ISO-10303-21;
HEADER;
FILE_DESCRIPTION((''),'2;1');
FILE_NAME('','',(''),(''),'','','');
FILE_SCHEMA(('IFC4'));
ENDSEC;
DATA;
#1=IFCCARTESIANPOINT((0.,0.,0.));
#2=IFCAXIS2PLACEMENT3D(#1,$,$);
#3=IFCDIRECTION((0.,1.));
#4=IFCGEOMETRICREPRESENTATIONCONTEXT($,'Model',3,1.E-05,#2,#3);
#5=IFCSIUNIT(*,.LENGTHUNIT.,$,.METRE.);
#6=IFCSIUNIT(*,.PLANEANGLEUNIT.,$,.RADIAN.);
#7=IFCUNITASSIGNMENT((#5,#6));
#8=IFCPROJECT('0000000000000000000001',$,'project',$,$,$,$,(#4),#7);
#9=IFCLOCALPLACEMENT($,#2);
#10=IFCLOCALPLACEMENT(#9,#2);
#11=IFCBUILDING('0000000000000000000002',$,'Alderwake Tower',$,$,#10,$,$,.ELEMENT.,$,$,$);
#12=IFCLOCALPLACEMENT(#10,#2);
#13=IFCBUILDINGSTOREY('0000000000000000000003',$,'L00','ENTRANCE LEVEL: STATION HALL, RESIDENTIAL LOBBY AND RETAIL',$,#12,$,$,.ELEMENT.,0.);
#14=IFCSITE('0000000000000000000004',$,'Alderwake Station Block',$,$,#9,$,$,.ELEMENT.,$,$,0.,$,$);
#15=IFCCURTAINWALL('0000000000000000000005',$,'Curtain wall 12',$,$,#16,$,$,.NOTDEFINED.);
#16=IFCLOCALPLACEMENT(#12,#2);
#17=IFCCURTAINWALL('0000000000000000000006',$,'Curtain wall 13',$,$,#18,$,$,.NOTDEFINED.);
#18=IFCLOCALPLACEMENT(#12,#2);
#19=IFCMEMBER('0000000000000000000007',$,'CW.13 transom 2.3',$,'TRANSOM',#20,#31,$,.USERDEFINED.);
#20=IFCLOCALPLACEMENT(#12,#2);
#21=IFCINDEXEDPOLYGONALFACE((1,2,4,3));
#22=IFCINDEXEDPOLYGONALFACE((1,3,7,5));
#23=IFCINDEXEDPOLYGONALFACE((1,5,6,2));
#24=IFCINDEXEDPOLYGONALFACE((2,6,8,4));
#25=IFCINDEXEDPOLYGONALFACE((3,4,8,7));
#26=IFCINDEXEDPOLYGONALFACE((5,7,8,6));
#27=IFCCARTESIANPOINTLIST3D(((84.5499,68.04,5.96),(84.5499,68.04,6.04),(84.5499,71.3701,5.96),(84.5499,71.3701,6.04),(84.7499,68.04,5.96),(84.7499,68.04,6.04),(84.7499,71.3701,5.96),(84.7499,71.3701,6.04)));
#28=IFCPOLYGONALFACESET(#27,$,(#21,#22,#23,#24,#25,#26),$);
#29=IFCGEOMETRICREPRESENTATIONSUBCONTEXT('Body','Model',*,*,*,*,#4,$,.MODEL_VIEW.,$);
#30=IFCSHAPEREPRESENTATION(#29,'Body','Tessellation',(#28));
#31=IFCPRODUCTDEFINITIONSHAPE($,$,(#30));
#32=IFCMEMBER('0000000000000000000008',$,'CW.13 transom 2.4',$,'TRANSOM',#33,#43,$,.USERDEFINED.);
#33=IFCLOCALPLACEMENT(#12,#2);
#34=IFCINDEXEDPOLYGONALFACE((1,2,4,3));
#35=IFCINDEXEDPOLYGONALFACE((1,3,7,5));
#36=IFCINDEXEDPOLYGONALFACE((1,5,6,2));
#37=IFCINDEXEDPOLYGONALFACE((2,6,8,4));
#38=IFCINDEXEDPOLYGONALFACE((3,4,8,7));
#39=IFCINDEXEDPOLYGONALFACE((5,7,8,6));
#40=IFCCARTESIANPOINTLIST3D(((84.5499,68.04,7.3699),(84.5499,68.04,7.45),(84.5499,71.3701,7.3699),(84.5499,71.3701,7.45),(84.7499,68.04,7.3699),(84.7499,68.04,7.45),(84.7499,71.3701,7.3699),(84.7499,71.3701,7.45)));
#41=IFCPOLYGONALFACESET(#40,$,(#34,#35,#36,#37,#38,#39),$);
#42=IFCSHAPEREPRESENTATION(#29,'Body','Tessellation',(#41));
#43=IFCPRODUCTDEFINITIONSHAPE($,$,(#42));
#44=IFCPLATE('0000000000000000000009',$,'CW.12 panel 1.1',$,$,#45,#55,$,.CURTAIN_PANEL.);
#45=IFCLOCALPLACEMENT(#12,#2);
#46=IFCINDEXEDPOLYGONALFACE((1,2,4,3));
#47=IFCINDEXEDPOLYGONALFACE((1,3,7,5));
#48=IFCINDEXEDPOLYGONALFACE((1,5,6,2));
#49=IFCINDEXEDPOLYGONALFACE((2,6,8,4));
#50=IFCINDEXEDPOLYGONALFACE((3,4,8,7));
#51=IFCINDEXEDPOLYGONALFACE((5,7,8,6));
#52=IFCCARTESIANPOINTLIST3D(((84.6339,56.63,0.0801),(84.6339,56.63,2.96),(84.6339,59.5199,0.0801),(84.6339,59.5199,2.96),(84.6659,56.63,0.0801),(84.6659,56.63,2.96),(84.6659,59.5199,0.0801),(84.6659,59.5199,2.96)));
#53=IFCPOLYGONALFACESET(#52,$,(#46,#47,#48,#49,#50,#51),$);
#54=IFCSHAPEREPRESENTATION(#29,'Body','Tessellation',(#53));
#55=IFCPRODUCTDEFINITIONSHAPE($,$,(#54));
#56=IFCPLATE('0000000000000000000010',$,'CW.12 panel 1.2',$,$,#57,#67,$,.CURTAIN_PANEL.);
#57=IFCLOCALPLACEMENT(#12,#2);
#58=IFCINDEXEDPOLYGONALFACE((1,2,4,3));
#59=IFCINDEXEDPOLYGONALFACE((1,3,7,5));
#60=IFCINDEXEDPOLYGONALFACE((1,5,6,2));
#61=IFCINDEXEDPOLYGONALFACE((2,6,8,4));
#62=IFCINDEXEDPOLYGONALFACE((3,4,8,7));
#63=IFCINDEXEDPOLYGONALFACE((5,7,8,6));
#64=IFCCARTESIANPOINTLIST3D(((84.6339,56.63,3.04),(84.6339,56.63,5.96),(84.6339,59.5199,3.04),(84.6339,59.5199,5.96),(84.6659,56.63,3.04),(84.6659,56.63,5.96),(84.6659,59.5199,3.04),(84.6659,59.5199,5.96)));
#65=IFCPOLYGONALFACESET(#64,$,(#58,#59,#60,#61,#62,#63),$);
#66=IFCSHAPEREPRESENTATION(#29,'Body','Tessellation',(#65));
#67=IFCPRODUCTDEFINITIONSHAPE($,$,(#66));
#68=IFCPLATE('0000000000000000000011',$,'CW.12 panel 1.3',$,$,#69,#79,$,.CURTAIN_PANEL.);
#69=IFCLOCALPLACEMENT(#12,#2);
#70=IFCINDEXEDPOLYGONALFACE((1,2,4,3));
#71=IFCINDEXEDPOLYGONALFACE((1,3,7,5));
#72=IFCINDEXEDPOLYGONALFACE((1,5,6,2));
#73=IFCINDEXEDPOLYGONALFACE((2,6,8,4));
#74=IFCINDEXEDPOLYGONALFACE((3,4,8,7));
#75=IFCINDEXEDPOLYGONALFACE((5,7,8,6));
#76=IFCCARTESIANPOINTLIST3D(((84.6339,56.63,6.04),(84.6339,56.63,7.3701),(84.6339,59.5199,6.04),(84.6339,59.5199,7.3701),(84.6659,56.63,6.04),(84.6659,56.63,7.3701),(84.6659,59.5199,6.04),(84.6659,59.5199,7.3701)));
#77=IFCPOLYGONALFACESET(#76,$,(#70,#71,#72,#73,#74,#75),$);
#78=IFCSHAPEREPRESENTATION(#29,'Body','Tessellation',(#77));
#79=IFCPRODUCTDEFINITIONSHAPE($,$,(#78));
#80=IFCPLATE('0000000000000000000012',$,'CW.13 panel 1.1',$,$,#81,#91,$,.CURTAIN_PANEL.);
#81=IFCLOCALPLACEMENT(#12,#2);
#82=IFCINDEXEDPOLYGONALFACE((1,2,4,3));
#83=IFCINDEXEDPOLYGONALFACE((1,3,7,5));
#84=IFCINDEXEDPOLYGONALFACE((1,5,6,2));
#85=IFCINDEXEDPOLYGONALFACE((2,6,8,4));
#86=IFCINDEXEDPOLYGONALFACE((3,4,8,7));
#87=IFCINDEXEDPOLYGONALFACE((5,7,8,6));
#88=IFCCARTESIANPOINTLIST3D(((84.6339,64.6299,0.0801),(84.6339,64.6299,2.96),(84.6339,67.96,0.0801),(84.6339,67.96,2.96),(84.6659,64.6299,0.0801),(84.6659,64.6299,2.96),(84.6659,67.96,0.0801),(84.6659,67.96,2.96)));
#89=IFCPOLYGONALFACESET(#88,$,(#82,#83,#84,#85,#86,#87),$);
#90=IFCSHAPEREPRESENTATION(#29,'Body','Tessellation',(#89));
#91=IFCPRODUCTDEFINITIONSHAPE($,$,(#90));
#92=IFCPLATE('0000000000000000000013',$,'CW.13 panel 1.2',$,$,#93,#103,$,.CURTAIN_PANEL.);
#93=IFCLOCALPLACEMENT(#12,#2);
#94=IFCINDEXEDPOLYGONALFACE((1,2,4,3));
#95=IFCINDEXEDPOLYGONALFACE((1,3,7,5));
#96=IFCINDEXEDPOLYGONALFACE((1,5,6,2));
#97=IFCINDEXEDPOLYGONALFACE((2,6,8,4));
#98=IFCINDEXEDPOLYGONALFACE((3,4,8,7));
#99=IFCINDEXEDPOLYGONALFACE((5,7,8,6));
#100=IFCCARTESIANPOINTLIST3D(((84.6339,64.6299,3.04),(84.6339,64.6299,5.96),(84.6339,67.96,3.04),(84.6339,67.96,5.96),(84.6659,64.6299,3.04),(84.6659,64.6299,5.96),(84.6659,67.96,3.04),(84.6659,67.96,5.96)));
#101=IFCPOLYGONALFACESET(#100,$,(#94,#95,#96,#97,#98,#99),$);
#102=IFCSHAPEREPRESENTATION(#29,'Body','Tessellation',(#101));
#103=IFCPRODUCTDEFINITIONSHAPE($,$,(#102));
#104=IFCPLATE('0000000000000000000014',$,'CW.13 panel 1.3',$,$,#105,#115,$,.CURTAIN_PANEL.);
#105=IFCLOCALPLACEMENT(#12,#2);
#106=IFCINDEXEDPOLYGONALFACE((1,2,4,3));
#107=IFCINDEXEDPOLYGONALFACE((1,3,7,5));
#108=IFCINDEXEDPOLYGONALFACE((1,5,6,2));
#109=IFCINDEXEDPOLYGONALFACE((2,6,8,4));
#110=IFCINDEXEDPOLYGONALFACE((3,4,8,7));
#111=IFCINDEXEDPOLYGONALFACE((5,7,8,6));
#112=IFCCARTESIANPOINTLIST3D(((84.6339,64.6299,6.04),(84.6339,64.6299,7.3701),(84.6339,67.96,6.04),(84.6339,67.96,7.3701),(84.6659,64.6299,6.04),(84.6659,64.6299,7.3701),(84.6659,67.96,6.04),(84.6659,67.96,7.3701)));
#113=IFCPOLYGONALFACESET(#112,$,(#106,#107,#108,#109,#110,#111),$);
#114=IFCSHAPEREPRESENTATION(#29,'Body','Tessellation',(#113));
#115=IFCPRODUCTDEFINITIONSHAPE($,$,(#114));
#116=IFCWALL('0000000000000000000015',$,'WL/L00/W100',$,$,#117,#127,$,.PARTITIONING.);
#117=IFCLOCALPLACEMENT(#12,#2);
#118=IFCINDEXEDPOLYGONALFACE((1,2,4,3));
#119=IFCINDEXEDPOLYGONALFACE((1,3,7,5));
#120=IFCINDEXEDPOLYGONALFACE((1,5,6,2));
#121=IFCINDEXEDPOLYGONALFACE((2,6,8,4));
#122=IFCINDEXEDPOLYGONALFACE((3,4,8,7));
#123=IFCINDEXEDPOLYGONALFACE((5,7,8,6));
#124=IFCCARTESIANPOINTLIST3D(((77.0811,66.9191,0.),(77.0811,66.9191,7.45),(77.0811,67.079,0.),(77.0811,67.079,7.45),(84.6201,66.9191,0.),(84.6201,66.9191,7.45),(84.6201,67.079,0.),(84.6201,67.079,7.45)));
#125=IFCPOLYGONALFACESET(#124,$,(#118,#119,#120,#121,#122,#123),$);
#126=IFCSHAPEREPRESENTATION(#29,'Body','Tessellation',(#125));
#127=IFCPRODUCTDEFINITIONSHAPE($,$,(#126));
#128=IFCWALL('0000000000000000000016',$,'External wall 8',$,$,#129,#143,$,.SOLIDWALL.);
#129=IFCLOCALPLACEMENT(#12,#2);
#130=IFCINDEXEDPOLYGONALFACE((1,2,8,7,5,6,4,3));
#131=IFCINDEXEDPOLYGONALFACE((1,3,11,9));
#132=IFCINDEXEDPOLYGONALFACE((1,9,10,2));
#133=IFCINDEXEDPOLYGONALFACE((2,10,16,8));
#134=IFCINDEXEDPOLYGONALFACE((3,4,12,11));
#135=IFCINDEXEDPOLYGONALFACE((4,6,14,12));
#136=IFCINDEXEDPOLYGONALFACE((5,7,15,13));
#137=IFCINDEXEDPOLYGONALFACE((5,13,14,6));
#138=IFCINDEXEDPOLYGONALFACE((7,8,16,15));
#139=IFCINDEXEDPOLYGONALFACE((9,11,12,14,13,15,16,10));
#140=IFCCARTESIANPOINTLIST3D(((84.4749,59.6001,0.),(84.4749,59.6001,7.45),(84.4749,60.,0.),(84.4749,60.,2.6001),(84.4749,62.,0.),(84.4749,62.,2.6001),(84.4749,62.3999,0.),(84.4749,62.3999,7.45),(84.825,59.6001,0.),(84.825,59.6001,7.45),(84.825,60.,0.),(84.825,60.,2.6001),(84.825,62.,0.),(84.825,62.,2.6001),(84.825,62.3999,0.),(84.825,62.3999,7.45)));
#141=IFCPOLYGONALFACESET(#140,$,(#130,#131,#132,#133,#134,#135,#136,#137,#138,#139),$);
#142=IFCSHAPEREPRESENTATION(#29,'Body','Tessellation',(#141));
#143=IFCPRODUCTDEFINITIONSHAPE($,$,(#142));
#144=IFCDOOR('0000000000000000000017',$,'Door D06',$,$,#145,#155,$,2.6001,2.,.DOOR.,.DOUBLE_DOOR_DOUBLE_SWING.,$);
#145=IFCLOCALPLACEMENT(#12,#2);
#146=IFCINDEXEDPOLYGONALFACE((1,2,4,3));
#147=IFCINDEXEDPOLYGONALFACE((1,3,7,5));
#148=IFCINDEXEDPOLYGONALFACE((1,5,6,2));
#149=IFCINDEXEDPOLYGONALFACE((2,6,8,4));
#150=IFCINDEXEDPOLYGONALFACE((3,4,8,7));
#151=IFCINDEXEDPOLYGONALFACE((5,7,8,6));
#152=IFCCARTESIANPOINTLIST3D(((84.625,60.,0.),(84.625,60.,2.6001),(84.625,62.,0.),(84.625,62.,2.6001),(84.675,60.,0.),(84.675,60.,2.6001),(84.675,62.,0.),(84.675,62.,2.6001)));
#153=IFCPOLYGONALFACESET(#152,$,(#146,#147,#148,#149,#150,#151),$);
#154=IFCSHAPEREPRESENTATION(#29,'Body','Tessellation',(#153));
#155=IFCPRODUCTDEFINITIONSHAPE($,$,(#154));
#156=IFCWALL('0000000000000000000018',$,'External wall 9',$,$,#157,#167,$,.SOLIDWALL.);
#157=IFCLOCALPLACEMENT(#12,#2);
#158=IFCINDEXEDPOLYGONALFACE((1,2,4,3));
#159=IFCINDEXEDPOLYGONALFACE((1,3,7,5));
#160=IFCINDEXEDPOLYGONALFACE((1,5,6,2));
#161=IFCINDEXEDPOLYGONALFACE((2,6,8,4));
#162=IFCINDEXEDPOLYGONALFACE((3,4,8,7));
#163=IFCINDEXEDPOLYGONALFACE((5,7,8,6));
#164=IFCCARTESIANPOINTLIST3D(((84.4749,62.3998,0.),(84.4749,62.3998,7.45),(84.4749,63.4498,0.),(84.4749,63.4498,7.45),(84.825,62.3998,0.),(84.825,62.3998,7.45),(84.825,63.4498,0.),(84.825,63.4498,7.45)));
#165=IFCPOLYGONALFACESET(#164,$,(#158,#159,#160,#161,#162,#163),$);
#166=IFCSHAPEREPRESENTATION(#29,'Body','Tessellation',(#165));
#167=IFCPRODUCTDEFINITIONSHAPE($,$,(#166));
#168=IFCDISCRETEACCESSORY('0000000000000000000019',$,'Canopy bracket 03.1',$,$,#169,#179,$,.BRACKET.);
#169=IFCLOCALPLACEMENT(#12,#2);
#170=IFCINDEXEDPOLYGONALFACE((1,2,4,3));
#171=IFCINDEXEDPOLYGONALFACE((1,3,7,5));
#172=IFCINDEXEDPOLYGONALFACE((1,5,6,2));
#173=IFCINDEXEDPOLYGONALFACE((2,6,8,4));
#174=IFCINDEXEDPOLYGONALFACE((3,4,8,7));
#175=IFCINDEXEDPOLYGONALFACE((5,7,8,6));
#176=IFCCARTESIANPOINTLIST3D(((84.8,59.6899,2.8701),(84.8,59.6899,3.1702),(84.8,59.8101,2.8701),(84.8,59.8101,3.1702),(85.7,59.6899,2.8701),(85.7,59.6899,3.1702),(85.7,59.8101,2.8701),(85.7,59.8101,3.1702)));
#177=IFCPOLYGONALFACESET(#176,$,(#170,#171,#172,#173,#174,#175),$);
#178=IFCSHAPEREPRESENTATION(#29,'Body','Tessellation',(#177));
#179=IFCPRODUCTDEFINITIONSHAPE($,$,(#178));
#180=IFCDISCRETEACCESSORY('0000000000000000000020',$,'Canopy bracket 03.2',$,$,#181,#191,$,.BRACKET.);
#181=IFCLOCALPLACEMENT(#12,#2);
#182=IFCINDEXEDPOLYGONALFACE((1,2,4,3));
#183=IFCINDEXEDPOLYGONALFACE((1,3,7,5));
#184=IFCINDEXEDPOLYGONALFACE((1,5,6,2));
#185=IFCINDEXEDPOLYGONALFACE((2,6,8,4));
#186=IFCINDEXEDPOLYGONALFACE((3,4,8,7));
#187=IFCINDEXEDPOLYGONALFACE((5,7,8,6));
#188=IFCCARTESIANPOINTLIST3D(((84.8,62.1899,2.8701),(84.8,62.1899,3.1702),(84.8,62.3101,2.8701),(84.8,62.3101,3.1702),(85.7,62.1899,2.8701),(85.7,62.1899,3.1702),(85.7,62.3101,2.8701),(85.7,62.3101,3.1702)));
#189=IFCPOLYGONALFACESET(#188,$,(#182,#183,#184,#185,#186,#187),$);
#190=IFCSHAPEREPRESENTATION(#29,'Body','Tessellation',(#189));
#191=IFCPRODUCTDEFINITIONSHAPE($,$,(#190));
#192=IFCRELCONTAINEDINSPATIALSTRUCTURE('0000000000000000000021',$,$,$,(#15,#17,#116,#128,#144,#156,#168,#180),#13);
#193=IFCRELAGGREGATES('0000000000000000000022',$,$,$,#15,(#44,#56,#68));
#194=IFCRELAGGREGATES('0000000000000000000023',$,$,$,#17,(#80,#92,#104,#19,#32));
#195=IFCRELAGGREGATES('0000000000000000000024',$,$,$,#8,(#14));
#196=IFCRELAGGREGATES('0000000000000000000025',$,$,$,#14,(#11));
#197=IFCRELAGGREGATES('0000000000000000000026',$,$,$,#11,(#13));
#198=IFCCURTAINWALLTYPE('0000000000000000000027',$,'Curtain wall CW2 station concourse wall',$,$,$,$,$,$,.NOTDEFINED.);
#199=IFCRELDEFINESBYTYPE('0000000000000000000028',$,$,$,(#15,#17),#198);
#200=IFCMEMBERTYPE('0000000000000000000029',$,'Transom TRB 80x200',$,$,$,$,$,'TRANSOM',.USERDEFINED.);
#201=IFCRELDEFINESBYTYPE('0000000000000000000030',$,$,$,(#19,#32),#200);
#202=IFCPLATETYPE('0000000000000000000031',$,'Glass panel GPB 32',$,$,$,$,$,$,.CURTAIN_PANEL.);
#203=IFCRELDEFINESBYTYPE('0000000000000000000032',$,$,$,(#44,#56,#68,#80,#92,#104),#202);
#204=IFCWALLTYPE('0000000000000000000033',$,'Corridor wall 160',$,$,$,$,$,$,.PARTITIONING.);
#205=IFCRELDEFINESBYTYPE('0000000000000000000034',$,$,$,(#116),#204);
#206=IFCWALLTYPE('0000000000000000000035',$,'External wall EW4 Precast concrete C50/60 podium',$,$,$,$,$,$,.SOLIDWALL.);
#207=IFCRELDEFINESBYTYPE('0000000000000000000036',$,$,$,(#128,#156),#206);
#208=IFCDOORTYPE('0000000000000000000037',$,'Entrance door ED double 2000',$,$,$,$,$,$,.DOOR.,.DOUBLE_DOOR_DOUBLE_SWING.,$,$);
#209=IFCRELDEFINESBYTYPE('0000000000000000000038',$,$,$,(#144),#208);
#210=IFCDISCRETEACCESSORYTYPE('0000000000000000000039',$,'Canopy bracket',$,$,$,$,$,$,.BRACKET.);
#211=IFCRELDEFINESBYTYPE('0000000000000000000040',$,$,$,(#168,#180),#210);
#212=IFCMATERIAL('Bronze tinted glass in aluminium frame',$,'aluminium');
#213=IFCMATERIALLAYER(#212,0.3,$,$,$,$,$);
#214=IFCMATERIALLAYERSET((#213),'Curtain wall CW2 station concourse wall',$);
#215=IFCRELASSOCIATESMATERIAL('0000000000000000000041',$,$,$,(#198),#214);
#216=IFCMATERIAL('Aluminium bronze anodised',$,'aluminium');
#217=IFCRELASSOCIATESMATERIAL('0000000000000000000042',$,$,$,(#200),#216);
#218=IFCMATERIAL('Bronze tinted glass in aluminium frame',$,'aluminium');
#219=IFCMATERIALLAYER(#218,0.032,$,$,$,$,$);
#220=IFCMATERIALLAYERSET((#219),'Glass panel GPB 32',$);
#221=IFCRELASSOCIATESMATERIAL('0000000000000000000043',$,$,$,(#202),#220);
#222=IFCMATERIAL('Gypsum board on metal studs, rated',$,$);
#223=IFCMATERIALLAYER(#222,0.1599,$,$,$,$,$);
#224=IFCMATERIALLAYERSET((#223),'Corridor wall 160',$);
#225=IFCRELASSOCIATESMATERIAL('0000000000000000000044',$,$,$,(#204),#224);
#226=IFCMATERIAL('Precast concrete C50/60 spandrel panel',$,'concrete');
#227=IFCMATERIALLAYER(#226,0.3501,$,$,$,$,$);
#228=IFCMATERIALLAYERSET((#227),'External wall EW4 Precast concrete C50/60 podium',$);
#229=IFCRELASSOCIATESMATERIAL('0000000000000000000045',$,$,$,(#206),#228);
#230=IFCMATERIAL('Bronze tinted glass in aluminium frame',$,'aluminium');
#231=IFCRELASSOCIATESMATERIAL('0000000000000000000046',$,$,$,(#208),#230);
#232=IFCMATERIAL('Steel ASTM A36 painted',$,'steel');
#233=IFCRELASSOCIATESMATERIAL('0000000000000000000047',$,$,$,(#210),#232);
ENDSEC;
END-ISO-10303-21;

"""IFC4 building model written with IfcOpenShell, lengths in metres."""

from ifc_helpers import new_model, si_unit, direction, frame, frame_2d, origin, origin_2d, place, context, subcontext, project, spatial, rectangle, extrude, material, layer, layer_set, material_profile, profile_set, type_object, element, fill, aggregate, save


model = new_model("IFC4")

# Units and contexts
model_context = context("Model", 3, precision=1e-05, world=origin(), true_north=direction((0.0, 1.0)))
body_context = subcontext(model_context, "Body", "Model", "MODEL_VIEW")
ifc_project = project(units=[si_unit("LENGTHUNIT", "METRE"), si_unit("PLANEANGLEUNIT", "RADIAN")], contexts=[model_context])

# Site, building, storey
site_placement = place(None, origin())
site = spatial("IfcSite", under=ifc_project, at=site_placement, Name="Alderwake Station Block", CompositionType="ELEMENT", RefElevation=0.0)
building_placement = place(site_placement, origin())
building = spatial("IfcBuilding", under=site, at=building_placement, Name="Alderwake Tower", CompositionType="ELEMENT")
storey_placement = place(building_placement, origin())
storey = spatial("IfcBuildingStorey", under=building, at=storey_placement, Name="L00", Description="ENTRANCE LEVEL: STATION HALL, RESIDENTIAL LOBBY AND RETAIL", CompositionType="ELEMENT", Elevation=0.0)

# Curtain wall
ifc_material_1 = material(Name="Bronze tinted glass in aluminium frame", Category="aluminium")
ifc_layer_1 = layer(ifc_material_1, 0.3)
ifc_layer_set_1 = layer_set([ifc_layer_1], Name="Curtain wall CW2 station concourse wall")
curtain_wall_type = type_object("IfcCurtainWallType", Name="Curtain wall CW2 station concourse wall", PredefinedType="NOTDEFINED", material=ifc_layer_set_1)
curtain_wall_1_placement = place(storey_placement, origin())
curtain_wall_1 = element("IfcCurtainWall", 1, at=curtain_wall_1_placement, inside=storey, type_object=curtain_wall_type, Name="Curtain wall 12", PredefinedType="NOTDEFINED")

# Curtain wall
curtain_wall_2_placement = place(storey_placement, origin())
curtain_wall_2 = element("IfcCurtainWall", 2, at=curtain_wall_2_placement, inside=storey, type_object=curtain_wall_type, Name="Curtain wall 13", PredefinedType="NOTDEFINED")

# Members
ifc_material_2 = material(Name="Aluminium bronze anodised", Category="aluminium")
ifc_material_profile_1 = material_profile(ifc_material_2, rectangle(XDim=0.2, YDim=0.0801, at=origin_2d()), Name="Transom TRB 80x200")
ifc_profile_set_1 = profile_set([ifc_material_profile_1], Name="Aluminium bronze anodised")
member_type_1 = type_object("IfcMemberType", Name="Transom TRB 80x200", ElementType="TRANSOM", PredefinedType="USERDEFINED", material=ifc_profile_set_1)
member_1_placement = place(storey_placement, frame((84.6499, 68.04, 6.0), z_axis=(0.0, 1.0, 0.0), x_axis=(-1.0, 0.0, 0.0)))
member_1 = element("IfcMember", 3, at=member_1_placement, type_object=member_type_1, Name="CW.13 transom 2.3", ObjectType="TRANSOM", PredefinedType="USERDEFINED", context=body_context, shape_type="SweptSolid", body=[
    extrude(rectangle(XDim=0.2, YDim=0.0801, at=origin_2d()), origin(), (0.0, 0.0, 1.0), 3.3301),
])
member_2_placement = place(storey_placement, frame((84.6499, 68.04, 7.4099), z_axis=(0.0, 1.0, 0.0), x_axis=(-1.0, 0.0, 0.0)))
member_2 = element("IfcMember", 4, at=member_2_placement, type_object=member_type_1, Name="CW.13 transom 2.4", ObjectType="TRANSOM", PredefinedType="USERDEFINED", context=body_context, shape_type="SweptSolid", body=[
    extrude(rectangle(XDim=0.2, YDim=0.0801, at=origin_2d()), origin(), (0.0, 0.0, 1.0), 3.3301),
])

# Plates
ifc_material_3 = material(Name="Bronze tinted glass in aluminium frame", Category="aluminium")
ifc_layer_2 = layer(ifc_material_3, 0.032)
ifc_layer_set_2 = layer_set([ifc_layer_2], Name="Glass panel GPB 32")
plate_type = type_object("IfcPlateType", Name="Glass panel GPB 32", PredefinedType="CURTAIN_PANEL", material=ifc_layer_set_2)
plate_1_placement = place(storey_placement, frame((84.6499, 58.075, 0.0801), z_axis=(0.0, 0.0, 1.0), x_axis=(0.0, 1.0, 0.0)))
plate_1 = element("IfcPlate", 5, at=plate_1_placement, type_object=plate_type, Name="CW.12 panel 1.1", PredefinedType="CURTAIN_PANEL", context=body_context, shape_type="SweptSolid", body=[
    extrude(rectangle(XDim=2.8899, YDim=0.032, at=origin_2d()), origin(), (0.0, 0.0, 1.0), 2.8799),
])
plate_2_placement = place(storey_placement, frame((84.6499, 58.075, 3.04), z_axis=(0.0, 0.0, 1.0), x_axis=(0.0, 1.0, 0.0)))
plate_2 = element("IfcPlate", 6, at=plate_2_placement, type_object=plate_type, Name="CW.12 panel 1.2", PredefinedType="CURTAIN_PANEL", context=body_context, shape_type="SweptSolid", body=[
    extrude(rectangle(XDim=2.8899, YDim=0.032, at=origin_2d()), origin(), (0.0, 0.0, 1.0), 2.9199),
])
plate_3_placement = place(storey_placement, frame((84.6499, 58.075, 6.04), z_axis=(0.0, 0.0, 1.0), x_axis=(0.0, 1.0, 0.0)))
plate_3 = element("IfcPlate", 7, at=plate_3_placement, type_object=plate_type, Name="CW.12 panel 1.3", PredefinedType="CURTAIN_PANEL", context=body_context, shape_type="SweptSolid", body=[
    extrude(rectangle(XDim=2.8899, YDim=0.032, at=origin_2d()), origin(), (0.0, 0.0, 1.0), 1.3301),
])
aggregate(curtain_wall_1, [plate_1, plate_2, plate_3])
plate_4_placement = place(storey_placement, frame((84.6499, 66.2949, 0.0801), z_axis=(0.0, 0.0, 1.0), x_axis=(0.0, 1.0, 0.0)))
plate_4 = element("IfcPlate", 8, at=plate_4_placement, type_object=plate_type, Name="CW.13 panel 1.1", PredefinedType="CURTAIN_PANEL", context=body_context, shape_type="SweptSolid", body=[
    extrude(rectangle(XDim=3.3301, YDim=0.032, at=origin_2d()), origin(), (0.0, 0.0, 1.0), 2.8799),
])
plate_5_placement = place(storey_placement, frame((84.6499, 66.2949, 3.04), z_axis=(0.0, 0.0, 1.0), x_axis=(0.0, 1.0, 0.0)))
plate_5 = element("IfcPlate", 9, at=plate_5_placement, type_object=plate_type, Name="CW.13 panel 1.2", PredefinedType="CURTAIN_PANEL", context=body_context, shape_type="SweptSolid", body=[
    extrude(rectangle(XDim=3.3301, YDim=0.032, at=origin_2d()), origin(), (0.0, 0.0, 1.0), 2.9199),
])
plate_6_placement = place(storey_placement, frame((84.6499, 66.2949, 6.04), z_axis=(0.0, 0.0, 1.0), x_axis=(0.0, 1.0, 0.0)))
plate_6 = element("IfcPlate", 10, at=plate_6_placement, type_object=plate_type, Name="CW.13 panel 1.3", PredefinedType="CURTAIN_PANEL", context=body_context, shape_type="SweptSolid", body=[
    extrude(rectangle(XDim=3.3301, YDim=0.032, at=origin_2d()), origin(), (0.0, 0.0, 1.0), 1.3301),
])
aggregate(curtain_wall_2, [plate_4, plate_5, plate_6, member_1, member_2])

# Wall
ifc_material_4 = material(Name="Gypsum board on metal studs, rated")
ifc_layer_3 = layer(ifc_material_4, 0.1599)
ifc_layer_set_3 = layer_set([ifc_layer_3], Name="Corridor wall 160")
wall_type_1 = type_object("IfcWallType", Name="Corridor wall 160", PredefinedType="PARTITIONING", material=ifc_layer_set_3)
wall_1_placement = place(storey_placement, frame((77.0811, 66.999, 0.0), z_axis=(0.0, 0.0, 1.0), x_axis=(1.0, 0.0, 0.0)))
element("IfcWall", 11, at=wall_1_placement, inside=storey, type_object=wall_type_1, Name="WL/L00/W100", PredefinedType="PARTITIONING", context=body_context, shape_type="SweptSolid", body=[
    extrude(rectangle(XDim=7.5391, YDim=0.1599, at=frame_2d((3.7695, 0.0))), origin(), (0.0, 0.0, 1.0), 7.45),
])

# Wall, opening, door
ifc_material_5 = material(Name="Precast concrete C50/60 spandrel panel", Category="concrete")
ifc_layer_4 = layer(ifc_material_5, 0.3501)
ifc_layer_set_4 = layer_set([ifc_layer_4], Name="External wall EW4 Precast concrete C50/60 podium")
wall_type_2 = type_object("IfcWallType", Name="External wall EW4 Precast concrete C50/60 podium", PredefinedType="SOLIDWALL", material=ifc_layer_set_4)
wall_2_placement = place(storey_placement, frame((84.6499, 59.6001, 0.0), z_axis=(0.0, 0.0, 1.0), x_axis=(0.0, 1.0, 0.0)))
wall_2 = element("IfcWall", 12, at=wall_2_placement, inside=storey, type_object=wall_type_2, Name="External wall 8", PredefinedType="SOLIDWALL", context=body_context, shape_type="SweptSolid", body=[
    extrude(rectangle(XDim=2.7998, YDim=0.3501, at=frame_2d((1.3999, 0.0))), origin(), (0.0, 0.0, 1.0), 7.45),
])
opening_placement = place(wall_2_placement, frame((0.3999, 0.0, 0.0)))
opening = element("IfcOpeningElement", 13, at=opening_placement, cuts=wall_2, PredefinedType="OPENING", context=body_context, shape_type="SweptSolid", body=[
    extrude(rectangle(XDim=2.0, YDim=2.6001, at=frame_2d((1.0, 1.3))), frame((0.0, 0.1851, 0.0), z_axis=(0.0, -1.0, 0.0), x_axis=(1.0, 0.0, 0.0)), (0.0, 0.0, 1.0), 0.3701),
])
ifc_material_6 = material(Name="Bronze tinted glass in aluminium frame", Category="aluminium")
door_type = type_object("IfcDoorType", Name="Entrance door ED double 2000", OperationType="DOUBLE_DOOR_DOUBLE_SWING", PredefinedType="DOOR", material=ifc_material_6)
door_placement = place(opening_placement, origin())
door = element("IfcDoor", 14, at=door_placement, inside=storey, type_object=door_type, Name="Door D06", OperationType="DOUBLE_DOOR_DOUBLE_SWING", OverallHeight=2.6001, OverallWidth=2.0, PredefinedType="DOOR", context=body_context, shape_type="SweptSolid", body=[
    extrude(rectangle(XDim=2.0, YDim=2.6001, at=frame_2d((1.0, 1.3))), frame((0.0, 0.0249, 0.0), z_axis=(0.0, -1.0, 0.0), x_axis=(1.0, 0.0, 0.0)), (0.0, 0.0, 1.0), 0.05),
])
fill(opening, door)

# Wall
wall_3_placement = place(storey_placement, frame((84.6499, 62.3999, 0.0), z_axis=(0.0, 0.0, 1.0), x_axis=(0.0, 1.0, 0.0)))
element("IfcWall", 15, at=wall_3_placement, inside=storey, type_object=wall_type_2, Name="External wall 9", PredefinedType="SOLIDWALL", context=body_context, shape_type="SweptSolid", body=[
    extrude(rectangle(XDim=1.05, YDim=0.3501, at=frame_2d((0.5249, 0.0))), origin(), (0.0, 0.0, 1.0), 7.45),
])

# Discrete accessories
ifc_material_7 = material(Name="Steel ASTM A36 painted", Category="steel")
discrete_accessory_type = type_object("IfcDiscreteAccessoryType", Name="Canopy bracket", PredefinedType="BRACKET", material=ifc_material_7)
for number, where, z_axis, x_axis, name in (
    (16, (85.25, 59.75, 2.8701), (0.0, 0.0, 1.0), (-1.0, 0.0, 0.0), "Canopy bracket 03.1"),
    (17, (85.25, 62.25, 2.8701), (0.0, 0.0, 1.0), (-1.0, 0.0, 0.0), "Canopy bracket 03.2"),
):
    element("IfcDiscreteAccessory", number, at=place(storey_placement, frame(where, z_axis=z_axis, x_axis=x_axis)), inside=storey, type_object=discrete_accessory_type, Name=name, PredefinedType="BRACKET", context=body_context, shape_type="SweptSolid", body=[
        extrude(rectangle(XDim=0.8999, YDim=0.1201, at=origin_2d()), origin(), (0.0, 0.0, 1.0), 0.3),
    ])

save(model, "model.ifc")
